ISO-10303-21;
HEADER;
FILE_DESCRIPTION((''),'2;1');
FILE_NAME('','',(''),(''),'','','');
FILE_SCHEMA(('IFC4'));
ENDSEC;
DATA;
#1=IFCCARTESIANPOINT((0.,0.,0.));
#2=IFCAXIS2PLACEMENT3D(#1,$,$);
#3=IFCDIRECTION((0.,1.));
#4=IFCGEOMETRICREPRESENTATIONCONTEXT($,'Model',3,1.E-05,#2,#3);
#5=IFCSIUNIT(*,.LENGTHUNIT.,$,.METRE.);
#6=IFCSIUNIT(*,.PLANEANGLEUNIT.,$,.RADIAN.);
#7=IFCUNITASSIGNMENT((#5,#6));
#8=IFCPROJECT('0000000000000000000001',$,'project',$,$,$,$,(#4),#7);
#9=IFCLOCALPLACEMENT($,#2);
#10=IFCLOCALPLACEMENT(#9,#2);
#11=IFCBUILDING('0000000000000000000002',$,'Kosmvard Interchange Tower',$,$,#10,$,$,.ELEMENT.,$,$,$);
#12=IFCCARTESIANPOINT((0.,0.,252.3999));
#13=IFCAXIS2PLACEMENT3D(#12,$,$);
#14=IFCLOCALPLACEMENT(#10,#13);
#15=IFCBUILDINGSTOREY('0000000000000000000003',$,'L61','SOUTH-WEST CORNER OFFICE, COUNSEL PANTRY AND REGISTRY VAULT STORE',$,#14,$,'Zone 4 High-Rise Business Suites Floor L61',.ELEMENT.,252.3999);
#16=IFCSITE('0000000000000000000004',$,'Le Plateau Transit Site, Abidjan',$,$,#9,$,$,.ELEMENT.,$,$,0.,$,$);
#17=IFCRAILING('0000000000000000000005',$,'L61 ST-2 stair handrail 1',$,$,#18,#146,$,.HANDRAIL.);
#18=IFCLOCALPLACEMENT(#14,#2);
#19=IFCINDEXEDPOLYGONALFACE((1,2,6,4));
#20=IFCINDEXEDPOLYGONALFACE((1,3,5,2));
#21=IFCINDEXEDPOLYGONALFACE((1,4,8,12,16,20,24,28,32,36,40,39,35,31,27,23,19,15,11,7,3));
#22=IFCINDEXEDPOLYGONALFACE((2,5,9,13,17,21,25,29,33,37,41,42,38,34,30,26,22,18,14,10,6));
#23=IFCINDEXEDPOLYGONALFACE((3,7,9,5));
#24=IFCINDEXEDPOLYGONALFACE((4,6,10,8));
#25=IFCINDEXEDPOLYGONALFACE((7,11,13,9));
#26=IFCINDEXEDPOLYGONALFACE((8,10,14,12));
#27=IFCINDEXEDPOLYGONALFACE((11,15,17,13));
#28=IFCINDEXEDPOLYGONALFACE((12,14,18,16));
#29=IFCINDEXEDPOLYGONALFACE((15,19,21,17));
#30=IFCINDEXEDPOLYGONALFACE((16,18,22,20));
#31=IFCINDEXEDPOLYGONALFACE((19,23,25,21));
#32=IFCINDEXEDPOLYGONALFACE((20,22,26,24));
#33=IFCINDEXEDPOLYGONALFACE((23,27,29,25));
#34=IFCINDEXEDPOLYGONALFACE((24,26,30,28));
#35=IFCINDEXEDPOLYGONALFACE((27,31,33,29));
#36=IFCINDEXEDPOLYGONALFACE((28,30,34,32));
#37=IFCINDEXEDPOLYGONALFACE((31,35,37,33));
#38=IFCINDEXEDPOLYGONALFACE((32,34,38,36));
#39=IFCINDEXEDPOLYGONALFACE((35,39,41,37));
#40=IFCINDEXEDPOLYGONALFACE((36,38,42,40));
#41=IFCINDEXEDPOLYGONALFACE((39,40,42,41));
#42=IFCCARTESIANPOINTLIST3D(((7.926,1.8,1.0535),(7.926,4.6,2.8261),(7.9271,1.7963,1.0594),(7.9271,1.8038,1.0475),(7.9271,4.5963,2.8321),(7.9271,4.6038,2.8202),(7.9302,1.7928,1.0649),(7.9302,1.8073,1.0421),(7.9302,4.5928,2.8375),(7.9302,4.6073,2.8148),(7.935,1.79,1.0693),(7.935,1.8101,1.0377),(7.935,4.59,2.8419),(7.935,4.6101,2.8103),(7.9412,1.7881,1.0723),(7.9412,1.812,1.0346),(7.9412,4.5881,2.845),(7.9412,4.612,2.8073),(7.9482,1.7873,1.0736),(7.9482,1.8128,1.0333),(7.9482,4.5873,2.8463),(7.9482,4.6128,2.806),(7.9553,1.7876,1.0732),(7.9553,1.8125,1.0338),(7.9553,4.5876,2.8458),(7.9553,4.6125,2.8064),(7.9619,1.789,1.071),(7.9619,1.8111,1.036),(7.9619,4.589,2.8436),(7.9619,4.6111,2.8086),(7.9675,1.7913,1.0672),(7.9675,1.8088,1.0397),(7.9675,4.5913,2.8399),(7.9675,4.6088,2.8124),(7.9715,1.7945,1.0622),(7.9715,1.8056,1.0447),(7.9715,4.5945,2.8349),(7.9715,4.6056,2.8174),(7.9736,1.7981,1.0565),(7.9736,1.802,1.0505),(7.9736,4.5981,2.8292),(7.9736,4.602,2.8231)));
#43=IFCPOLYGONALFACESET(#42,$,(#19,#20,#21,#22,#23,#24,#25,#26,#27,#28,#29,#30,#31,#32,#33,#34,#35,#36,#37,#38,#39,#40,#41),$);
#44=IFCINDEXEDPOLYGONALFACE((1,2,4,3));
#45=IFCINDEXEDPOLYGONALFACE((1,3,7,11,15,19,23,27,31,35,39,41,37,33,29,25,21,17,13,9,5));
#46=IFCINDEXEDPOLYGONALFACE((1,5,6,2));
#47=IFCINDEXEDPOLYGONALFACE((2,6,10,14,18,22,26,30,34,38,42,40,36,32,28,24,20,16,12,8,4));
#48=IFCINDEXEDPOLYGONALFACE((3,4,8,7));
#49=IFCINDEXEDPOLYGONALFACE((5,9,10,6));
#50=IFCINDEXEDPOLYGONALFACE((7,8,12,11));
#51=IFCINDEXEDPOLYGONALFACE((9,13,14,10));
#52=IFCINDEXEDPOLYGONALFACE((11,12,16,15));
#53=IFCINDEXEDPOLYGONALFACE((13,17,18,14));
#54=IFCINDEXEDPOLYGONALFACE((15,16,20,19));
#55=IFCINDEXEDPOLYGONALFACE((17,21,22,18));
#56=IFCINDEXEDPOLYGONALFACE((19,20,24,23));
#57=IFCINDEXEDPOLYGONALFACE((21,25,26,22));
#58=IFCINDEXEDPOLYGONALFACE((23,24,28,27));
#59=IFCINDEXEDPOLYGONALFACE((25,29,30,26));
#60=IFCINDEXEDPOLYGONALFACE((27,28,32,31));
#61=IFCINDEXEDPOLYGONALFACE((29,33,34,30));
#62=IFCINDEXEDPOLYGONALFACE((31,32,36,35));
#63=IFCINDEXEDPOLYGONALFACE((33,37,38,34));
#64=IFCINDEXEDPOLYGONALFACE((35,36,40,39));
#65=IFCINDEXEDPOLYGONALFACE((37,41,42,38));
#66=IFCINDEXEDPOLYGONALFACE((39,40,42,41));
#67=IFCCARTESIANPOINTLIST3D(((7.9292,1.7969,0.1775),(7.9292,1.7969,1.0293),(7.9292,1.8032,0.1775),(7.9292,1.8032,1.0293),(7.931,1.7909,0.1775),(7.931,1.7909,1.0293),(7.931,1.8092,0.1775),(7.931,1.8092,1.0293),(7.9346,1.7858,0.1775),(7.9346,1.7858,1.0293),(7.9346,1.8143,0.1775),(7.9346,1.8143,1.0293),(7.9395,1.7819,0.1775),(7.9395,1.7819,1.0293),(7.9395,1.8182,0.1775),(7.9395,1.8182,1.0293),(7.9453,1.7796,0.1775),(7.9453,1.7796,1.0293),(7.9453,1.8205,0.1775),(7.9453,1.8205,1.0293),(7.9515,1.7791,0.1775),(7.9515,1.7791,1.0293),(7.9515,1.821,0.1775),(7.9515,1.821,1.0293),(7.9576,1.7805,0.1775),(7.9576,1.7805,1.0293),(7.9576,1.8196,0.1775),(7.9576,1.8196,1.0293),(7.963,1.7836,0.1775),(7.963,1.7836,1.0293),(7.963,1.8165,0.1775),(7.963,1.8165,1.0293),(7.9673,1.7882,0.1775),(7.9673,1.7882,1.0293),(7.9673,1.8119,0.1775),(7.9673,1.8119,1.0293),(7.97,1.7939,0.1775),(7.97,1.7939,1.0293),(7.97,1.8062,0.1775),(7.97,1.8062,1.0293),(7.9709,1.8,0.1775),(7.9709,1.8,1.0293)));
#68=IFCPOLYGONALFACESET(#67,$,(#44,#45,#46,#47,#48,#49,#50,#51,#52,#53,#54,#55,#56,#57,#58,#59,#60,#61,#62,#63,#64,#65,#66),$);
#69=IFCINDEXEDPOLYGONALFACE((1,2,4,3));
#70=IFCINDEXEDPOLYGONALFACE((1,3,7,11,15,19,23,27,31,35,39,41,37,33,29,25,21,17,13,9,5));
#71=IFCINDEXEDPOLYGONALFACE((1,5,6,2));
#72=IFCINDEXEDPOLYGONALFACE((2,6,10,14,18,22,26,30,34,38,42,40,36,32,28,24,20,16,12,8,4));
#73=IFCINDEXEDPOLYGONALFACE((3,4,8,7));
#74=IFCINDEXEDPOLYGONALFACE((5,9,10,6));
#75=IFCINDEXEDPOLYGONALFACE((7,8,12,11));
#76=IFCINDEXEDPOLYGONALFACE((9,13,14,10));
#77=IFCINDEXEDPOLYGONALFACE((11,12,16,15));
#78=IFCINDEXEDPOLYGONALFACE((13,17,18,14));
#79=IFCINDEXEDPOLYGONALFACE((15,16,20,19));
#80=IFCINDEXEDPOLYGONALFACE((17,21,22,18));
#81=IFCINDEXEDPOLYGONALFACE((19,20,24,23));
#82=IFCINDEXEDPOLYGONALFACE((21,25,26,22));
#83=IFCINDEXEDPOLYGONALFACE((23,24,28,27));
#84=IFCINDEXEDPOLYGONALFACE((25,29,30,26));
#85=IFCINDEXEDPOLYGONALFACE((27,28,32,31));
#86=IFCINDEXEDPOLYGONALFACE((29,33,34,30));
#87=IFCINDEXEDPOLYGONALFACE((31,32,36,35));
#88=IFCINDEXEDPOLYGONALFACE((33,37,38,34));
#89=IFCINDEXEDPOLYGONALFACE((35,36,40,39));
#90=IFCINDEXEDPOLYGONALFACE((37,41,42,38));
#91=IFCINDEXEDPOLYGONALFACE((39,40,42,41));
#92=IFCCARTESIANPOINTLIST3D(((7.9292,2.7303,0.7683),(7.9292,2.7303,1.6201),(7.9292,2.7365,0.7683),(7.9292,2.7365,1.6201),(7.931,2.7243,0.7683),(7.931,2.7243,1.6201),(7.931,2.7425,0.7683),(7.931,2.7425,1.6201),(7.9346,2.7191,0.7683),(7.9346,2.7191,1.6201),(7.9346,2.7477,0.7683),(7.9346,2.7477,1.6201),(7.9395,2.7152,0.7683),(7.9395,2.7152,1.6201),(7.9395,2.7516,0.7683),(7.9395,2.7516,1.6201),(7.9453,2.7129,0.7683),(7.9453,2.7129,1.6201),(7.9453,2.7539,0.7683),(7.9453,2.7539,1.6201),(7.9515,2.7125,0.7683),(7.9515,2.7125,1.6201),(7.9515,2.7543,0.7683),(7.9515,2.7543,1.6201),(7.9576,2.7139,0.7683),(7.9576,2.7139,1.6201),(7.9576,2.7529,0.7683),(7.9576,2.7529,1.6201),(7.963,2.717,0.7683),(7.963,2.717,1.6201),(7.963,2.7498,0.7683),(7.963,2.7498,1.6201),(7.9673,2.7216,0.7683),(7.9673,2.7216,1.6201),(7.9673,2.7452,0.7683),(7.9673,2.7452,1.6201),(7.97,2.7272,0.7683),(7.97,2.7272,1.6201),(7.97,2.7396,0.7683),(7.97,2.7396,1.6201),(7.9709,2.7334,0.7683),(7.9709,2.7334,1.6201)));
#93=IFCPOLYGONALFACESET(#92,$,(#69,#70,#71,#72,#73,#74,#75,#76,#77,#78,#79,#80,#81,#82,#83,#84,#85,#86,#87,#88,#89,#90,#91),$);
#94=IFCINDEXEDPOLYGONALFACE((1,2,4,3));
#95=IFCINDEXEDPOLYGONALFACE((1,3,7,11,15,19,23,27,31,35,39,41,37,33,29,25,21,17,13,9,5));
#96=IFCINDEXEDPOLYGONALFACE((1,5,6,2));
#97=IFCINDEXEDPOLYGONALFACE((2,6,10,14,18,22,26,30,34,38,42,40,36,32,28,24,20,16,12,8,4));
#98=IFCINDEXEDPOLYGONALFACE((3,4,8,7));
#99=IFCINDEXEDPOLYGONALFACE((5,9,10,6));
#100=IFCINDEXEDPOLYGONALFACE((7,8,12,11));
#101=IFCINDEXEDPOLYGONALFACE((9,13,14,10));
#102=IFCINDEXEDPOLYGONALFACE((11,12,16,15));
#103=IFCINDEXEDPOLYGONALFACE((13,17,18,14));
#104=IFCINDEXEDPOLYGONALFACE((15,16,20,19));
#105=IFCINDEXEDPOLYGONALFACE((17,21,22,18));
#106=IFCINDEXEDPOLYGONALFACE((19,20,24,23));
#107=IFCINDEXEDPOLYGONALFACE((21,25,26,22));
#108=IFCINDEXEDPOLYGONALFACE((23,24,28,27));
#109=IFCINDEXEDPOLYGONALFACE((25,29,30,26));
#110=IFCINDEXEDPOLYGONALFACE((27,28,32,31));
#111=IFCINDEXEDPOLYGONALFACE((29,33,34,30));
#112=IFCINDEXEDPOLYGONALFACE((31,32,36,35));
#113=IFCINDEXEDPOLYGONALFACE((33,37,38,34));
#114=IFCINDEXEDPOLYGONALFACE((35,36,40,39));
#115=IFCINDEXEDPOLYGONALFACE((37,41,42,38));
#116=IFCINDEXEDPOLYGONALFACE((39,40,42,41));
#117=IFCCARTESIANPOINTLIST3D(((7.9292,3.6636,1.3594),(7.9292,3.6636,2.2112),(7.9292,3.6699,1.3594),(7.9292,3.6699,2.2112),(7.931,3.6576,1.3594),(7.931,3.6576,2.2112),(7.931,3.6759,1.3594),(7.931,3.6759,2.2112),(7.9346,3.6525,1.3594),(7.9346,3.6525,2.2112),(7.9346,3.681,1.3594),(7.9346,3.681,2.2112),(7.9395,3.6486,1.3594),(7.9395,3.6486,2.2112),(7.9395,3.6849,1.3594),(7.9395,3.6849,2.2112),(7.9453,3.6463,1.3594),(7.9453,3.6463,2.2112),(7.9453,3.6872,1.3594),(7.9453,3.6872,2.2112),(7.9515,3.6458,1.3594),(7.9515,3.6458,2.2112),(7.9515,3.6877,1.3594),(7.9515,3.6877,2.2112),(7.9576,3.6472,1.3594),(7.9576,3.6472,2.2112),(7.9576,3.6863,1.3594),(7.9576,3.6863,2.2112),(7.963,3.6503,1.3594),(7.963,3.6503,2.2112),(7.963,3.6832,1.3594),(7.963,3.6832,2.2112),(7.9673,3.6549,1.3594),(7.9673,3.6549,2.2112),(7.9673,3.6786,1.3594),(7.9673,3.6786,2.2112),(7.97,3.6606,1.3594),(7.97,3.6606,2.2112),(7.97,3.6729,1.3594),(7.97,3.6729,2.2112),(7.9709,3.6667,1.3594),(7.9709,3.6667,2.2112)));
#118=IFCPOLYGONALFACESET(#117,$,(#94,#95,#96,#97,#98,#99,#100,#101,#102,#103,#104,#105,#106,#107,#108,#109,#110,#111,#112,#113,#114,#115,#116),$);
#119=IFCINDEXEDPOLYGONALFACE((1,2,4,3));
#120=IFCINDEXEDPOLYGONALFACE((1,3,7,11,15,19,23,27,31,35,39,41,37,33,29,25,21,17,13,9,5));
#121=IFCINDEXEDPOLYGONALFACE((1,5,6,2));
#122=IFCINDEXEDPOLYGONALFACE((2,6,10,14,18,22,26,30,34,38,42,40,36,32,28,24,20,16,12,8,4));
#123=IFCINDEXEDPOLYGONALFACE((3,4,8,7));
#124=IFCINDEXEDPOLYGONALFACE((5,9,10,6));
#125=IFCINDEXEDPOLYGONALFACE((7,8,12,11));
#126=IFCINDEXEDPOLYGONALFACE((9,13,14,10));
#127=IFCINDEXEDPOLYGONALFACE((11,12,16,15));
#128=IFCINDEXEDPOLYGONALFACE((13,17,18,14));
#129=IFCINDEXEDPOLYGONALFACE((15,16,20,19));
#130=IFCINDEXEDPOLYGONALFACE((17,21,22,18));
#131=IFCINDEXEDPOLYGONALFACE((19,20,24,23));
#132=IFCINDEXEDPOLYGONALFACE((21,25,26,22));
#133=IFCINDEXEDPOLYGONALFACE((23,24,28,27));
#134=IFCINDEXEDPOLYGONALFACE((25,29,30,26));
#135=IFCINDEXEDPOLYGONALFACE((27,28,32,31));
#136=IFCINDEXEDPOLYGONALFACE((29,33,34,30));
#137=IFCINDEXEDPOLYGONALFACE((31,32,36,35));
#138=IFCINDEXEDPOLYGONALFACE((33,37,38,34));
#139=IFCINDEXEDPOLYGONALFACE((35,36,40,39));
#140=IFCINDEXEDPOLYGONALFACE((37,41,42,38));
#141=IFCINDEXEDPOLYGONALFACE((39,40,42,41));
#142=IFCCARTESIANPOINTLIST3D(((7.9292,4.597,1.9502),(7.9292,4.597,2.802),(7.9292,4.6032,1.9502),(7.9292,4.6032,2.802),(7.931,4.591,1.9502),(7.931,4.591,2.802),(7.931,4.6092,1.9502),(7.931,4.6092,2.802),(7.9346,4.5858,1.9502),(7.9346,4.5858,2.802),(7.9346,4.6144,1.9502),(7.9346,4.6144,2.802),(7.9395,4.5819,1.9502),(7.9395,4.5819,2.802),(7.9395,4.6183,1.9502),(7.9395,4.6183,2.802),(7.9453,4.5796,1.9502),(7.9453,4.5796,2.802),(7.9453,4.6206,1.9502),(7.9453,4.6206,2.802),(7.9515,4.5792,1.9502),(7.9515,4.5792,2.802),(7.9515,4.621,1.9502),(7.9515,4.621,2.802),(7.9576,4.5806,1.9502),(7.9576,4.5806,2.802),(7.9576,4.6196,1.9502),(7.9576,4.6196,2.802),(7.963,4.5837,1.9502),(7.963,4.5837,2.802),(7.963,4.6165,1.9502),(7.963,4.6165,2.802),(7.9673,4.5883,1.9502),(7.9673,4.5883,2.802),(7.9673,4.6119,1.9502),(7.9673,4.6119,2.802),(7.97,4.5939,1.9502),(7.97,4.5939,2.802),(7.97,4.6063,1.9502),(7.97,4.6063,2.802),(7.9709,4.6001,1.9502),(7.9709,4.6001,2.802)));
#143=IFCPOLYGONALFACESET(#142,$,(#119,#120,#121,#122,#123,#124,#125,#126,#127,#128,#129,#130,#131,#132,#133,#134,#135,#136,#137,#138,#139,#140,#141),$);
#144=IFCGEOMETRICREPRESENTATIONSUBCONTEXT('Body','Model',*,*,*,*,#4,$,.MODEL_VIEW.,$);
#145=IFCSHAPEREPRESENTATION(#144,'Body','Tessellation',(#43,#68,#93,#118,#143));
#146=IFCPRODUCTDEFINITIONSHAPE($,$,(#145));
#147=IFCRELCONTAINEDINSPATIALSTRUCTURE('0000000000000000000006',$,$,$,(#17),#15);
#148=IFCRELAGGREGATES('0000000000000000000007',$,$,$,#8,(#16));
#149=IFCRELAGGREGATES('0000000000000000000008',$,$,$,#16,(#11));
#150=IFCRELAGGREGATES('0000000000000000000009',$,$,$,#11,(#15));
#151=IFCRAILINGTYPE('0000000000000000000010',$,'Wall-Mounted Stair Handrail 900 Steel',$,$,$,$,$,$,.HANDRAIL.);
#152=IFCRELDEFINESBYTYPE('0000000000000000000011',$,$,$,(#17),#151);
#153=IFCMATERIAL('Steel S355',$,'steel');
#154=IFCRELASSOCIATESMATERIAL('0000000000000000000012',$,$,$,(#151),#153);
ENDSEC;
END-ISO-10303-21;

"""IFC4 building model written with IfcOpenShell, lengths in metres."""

from ifc_helpers import new_model, si_unit, direction, frame, origin, origin_2d, place, context, subcontext, project, spatial, circle, extrude, source, transform, mapped, material, type_object, element, save


model = new_model("IFC4")

# Units and contexts
model_context = context("Model", 3, precision=1e-05, world=origin(), true_north=direction((0.0, 1.0)))
body_context = subcontext(model_context, "Body", "Model", "MODEL_VIEW")
ifc_project = project(units=[si_unit("LENGTHUNIT", "METRE"), si_unit("PLANEANGLEUNIT", "RADIAN")], contexts=[model_context])

# Site, building, storey
site_placement = place(None, origin())
site = spatial("IfcSite", under=ifc_project, at=site_placement, Name="Le Plateau Transit Site, Abidjan", CompositionType="ELEMENT", RefElevation=0.0)
building_placement = place(site_placement, origin())
building = spatial("IfcBuilding", under=site, at=building_placement, Name="Kosmvard Interchange Tower", CompositionType="ELEMENT")
storey_placement = place(building_placement, frame((0.0, 0.0, 252.3999)))
storey = spatial("IfcBuildingStorey", under=building, at=storey_placement, Name="L61", Description="SOUTH-WEST CORNER OFFICE, COUNSEL PANTRY AND REGISTRY VAULT STORE", LongName="Zone 4 High-Rise Business Suites Floor L61", CompositionType="ELEMENT", Elevation=252.3999)

# Shared definitions
ifc_material_1 = material(Name="Steel S355", Category="steel")

# Railing
railing_type_1 = type_object("IfcRailingType", Name="Wall-Mounted Stair Handrail 900 Steel", PredefinedType="HANDRAIL", material=ifc_material_1)
shared_shape_1 = source(origin(), body_context, "Body", "SweptSolid", [
    extrude(circle(Radius=0.0239, at=origin_2d()), frame((0.0, 0.0, 0.876), z_axis=(0.0, 0.844909, 0.53491), x_axis=(-1.0, 0.0, 0.0)), (0.0, 0.0, 1.0), 3.314),
    extrude(circle(Radius=0.021, at=origin_2d()), origin(), (0.0, 0.0, 1.0), 0.8518),
    extrude(circle(Radius=0.021, at=origin_2d()), frame((0.0, 0.9333, 0.5908)), (0.0, 0.0, 1.0), 0.8518),
    extrude(circle(Radius=0.021, at=origin_2d()), frame((0.0, 1.8667, 1.1819)), (0.0, 0.0, 1.0), 0.8518),
    extrude(circle(Radius=0.021, at=origin_2d()), frame((0.0, 2.8, 1.7727)), (0.0, 0.0, 1.0), 0.8518),
])
railing_1_placement = place(storey_placement, frame((7.95, 1.8, 0.1775)))
element("IfcRailing", 1, at=railing_1_placement, inside=storey, type_object=railing_type_1, Name="L61 ST-2 stair handrail 1", PredefinedType="HANDRAIL", context=body_context, shape_type="MappedRepresentation", body=[
    mapped(shared_shape_1, transform((0.0, 0.0, 0.0), scale=1.0)),
])

save(model, "model.ifc")
